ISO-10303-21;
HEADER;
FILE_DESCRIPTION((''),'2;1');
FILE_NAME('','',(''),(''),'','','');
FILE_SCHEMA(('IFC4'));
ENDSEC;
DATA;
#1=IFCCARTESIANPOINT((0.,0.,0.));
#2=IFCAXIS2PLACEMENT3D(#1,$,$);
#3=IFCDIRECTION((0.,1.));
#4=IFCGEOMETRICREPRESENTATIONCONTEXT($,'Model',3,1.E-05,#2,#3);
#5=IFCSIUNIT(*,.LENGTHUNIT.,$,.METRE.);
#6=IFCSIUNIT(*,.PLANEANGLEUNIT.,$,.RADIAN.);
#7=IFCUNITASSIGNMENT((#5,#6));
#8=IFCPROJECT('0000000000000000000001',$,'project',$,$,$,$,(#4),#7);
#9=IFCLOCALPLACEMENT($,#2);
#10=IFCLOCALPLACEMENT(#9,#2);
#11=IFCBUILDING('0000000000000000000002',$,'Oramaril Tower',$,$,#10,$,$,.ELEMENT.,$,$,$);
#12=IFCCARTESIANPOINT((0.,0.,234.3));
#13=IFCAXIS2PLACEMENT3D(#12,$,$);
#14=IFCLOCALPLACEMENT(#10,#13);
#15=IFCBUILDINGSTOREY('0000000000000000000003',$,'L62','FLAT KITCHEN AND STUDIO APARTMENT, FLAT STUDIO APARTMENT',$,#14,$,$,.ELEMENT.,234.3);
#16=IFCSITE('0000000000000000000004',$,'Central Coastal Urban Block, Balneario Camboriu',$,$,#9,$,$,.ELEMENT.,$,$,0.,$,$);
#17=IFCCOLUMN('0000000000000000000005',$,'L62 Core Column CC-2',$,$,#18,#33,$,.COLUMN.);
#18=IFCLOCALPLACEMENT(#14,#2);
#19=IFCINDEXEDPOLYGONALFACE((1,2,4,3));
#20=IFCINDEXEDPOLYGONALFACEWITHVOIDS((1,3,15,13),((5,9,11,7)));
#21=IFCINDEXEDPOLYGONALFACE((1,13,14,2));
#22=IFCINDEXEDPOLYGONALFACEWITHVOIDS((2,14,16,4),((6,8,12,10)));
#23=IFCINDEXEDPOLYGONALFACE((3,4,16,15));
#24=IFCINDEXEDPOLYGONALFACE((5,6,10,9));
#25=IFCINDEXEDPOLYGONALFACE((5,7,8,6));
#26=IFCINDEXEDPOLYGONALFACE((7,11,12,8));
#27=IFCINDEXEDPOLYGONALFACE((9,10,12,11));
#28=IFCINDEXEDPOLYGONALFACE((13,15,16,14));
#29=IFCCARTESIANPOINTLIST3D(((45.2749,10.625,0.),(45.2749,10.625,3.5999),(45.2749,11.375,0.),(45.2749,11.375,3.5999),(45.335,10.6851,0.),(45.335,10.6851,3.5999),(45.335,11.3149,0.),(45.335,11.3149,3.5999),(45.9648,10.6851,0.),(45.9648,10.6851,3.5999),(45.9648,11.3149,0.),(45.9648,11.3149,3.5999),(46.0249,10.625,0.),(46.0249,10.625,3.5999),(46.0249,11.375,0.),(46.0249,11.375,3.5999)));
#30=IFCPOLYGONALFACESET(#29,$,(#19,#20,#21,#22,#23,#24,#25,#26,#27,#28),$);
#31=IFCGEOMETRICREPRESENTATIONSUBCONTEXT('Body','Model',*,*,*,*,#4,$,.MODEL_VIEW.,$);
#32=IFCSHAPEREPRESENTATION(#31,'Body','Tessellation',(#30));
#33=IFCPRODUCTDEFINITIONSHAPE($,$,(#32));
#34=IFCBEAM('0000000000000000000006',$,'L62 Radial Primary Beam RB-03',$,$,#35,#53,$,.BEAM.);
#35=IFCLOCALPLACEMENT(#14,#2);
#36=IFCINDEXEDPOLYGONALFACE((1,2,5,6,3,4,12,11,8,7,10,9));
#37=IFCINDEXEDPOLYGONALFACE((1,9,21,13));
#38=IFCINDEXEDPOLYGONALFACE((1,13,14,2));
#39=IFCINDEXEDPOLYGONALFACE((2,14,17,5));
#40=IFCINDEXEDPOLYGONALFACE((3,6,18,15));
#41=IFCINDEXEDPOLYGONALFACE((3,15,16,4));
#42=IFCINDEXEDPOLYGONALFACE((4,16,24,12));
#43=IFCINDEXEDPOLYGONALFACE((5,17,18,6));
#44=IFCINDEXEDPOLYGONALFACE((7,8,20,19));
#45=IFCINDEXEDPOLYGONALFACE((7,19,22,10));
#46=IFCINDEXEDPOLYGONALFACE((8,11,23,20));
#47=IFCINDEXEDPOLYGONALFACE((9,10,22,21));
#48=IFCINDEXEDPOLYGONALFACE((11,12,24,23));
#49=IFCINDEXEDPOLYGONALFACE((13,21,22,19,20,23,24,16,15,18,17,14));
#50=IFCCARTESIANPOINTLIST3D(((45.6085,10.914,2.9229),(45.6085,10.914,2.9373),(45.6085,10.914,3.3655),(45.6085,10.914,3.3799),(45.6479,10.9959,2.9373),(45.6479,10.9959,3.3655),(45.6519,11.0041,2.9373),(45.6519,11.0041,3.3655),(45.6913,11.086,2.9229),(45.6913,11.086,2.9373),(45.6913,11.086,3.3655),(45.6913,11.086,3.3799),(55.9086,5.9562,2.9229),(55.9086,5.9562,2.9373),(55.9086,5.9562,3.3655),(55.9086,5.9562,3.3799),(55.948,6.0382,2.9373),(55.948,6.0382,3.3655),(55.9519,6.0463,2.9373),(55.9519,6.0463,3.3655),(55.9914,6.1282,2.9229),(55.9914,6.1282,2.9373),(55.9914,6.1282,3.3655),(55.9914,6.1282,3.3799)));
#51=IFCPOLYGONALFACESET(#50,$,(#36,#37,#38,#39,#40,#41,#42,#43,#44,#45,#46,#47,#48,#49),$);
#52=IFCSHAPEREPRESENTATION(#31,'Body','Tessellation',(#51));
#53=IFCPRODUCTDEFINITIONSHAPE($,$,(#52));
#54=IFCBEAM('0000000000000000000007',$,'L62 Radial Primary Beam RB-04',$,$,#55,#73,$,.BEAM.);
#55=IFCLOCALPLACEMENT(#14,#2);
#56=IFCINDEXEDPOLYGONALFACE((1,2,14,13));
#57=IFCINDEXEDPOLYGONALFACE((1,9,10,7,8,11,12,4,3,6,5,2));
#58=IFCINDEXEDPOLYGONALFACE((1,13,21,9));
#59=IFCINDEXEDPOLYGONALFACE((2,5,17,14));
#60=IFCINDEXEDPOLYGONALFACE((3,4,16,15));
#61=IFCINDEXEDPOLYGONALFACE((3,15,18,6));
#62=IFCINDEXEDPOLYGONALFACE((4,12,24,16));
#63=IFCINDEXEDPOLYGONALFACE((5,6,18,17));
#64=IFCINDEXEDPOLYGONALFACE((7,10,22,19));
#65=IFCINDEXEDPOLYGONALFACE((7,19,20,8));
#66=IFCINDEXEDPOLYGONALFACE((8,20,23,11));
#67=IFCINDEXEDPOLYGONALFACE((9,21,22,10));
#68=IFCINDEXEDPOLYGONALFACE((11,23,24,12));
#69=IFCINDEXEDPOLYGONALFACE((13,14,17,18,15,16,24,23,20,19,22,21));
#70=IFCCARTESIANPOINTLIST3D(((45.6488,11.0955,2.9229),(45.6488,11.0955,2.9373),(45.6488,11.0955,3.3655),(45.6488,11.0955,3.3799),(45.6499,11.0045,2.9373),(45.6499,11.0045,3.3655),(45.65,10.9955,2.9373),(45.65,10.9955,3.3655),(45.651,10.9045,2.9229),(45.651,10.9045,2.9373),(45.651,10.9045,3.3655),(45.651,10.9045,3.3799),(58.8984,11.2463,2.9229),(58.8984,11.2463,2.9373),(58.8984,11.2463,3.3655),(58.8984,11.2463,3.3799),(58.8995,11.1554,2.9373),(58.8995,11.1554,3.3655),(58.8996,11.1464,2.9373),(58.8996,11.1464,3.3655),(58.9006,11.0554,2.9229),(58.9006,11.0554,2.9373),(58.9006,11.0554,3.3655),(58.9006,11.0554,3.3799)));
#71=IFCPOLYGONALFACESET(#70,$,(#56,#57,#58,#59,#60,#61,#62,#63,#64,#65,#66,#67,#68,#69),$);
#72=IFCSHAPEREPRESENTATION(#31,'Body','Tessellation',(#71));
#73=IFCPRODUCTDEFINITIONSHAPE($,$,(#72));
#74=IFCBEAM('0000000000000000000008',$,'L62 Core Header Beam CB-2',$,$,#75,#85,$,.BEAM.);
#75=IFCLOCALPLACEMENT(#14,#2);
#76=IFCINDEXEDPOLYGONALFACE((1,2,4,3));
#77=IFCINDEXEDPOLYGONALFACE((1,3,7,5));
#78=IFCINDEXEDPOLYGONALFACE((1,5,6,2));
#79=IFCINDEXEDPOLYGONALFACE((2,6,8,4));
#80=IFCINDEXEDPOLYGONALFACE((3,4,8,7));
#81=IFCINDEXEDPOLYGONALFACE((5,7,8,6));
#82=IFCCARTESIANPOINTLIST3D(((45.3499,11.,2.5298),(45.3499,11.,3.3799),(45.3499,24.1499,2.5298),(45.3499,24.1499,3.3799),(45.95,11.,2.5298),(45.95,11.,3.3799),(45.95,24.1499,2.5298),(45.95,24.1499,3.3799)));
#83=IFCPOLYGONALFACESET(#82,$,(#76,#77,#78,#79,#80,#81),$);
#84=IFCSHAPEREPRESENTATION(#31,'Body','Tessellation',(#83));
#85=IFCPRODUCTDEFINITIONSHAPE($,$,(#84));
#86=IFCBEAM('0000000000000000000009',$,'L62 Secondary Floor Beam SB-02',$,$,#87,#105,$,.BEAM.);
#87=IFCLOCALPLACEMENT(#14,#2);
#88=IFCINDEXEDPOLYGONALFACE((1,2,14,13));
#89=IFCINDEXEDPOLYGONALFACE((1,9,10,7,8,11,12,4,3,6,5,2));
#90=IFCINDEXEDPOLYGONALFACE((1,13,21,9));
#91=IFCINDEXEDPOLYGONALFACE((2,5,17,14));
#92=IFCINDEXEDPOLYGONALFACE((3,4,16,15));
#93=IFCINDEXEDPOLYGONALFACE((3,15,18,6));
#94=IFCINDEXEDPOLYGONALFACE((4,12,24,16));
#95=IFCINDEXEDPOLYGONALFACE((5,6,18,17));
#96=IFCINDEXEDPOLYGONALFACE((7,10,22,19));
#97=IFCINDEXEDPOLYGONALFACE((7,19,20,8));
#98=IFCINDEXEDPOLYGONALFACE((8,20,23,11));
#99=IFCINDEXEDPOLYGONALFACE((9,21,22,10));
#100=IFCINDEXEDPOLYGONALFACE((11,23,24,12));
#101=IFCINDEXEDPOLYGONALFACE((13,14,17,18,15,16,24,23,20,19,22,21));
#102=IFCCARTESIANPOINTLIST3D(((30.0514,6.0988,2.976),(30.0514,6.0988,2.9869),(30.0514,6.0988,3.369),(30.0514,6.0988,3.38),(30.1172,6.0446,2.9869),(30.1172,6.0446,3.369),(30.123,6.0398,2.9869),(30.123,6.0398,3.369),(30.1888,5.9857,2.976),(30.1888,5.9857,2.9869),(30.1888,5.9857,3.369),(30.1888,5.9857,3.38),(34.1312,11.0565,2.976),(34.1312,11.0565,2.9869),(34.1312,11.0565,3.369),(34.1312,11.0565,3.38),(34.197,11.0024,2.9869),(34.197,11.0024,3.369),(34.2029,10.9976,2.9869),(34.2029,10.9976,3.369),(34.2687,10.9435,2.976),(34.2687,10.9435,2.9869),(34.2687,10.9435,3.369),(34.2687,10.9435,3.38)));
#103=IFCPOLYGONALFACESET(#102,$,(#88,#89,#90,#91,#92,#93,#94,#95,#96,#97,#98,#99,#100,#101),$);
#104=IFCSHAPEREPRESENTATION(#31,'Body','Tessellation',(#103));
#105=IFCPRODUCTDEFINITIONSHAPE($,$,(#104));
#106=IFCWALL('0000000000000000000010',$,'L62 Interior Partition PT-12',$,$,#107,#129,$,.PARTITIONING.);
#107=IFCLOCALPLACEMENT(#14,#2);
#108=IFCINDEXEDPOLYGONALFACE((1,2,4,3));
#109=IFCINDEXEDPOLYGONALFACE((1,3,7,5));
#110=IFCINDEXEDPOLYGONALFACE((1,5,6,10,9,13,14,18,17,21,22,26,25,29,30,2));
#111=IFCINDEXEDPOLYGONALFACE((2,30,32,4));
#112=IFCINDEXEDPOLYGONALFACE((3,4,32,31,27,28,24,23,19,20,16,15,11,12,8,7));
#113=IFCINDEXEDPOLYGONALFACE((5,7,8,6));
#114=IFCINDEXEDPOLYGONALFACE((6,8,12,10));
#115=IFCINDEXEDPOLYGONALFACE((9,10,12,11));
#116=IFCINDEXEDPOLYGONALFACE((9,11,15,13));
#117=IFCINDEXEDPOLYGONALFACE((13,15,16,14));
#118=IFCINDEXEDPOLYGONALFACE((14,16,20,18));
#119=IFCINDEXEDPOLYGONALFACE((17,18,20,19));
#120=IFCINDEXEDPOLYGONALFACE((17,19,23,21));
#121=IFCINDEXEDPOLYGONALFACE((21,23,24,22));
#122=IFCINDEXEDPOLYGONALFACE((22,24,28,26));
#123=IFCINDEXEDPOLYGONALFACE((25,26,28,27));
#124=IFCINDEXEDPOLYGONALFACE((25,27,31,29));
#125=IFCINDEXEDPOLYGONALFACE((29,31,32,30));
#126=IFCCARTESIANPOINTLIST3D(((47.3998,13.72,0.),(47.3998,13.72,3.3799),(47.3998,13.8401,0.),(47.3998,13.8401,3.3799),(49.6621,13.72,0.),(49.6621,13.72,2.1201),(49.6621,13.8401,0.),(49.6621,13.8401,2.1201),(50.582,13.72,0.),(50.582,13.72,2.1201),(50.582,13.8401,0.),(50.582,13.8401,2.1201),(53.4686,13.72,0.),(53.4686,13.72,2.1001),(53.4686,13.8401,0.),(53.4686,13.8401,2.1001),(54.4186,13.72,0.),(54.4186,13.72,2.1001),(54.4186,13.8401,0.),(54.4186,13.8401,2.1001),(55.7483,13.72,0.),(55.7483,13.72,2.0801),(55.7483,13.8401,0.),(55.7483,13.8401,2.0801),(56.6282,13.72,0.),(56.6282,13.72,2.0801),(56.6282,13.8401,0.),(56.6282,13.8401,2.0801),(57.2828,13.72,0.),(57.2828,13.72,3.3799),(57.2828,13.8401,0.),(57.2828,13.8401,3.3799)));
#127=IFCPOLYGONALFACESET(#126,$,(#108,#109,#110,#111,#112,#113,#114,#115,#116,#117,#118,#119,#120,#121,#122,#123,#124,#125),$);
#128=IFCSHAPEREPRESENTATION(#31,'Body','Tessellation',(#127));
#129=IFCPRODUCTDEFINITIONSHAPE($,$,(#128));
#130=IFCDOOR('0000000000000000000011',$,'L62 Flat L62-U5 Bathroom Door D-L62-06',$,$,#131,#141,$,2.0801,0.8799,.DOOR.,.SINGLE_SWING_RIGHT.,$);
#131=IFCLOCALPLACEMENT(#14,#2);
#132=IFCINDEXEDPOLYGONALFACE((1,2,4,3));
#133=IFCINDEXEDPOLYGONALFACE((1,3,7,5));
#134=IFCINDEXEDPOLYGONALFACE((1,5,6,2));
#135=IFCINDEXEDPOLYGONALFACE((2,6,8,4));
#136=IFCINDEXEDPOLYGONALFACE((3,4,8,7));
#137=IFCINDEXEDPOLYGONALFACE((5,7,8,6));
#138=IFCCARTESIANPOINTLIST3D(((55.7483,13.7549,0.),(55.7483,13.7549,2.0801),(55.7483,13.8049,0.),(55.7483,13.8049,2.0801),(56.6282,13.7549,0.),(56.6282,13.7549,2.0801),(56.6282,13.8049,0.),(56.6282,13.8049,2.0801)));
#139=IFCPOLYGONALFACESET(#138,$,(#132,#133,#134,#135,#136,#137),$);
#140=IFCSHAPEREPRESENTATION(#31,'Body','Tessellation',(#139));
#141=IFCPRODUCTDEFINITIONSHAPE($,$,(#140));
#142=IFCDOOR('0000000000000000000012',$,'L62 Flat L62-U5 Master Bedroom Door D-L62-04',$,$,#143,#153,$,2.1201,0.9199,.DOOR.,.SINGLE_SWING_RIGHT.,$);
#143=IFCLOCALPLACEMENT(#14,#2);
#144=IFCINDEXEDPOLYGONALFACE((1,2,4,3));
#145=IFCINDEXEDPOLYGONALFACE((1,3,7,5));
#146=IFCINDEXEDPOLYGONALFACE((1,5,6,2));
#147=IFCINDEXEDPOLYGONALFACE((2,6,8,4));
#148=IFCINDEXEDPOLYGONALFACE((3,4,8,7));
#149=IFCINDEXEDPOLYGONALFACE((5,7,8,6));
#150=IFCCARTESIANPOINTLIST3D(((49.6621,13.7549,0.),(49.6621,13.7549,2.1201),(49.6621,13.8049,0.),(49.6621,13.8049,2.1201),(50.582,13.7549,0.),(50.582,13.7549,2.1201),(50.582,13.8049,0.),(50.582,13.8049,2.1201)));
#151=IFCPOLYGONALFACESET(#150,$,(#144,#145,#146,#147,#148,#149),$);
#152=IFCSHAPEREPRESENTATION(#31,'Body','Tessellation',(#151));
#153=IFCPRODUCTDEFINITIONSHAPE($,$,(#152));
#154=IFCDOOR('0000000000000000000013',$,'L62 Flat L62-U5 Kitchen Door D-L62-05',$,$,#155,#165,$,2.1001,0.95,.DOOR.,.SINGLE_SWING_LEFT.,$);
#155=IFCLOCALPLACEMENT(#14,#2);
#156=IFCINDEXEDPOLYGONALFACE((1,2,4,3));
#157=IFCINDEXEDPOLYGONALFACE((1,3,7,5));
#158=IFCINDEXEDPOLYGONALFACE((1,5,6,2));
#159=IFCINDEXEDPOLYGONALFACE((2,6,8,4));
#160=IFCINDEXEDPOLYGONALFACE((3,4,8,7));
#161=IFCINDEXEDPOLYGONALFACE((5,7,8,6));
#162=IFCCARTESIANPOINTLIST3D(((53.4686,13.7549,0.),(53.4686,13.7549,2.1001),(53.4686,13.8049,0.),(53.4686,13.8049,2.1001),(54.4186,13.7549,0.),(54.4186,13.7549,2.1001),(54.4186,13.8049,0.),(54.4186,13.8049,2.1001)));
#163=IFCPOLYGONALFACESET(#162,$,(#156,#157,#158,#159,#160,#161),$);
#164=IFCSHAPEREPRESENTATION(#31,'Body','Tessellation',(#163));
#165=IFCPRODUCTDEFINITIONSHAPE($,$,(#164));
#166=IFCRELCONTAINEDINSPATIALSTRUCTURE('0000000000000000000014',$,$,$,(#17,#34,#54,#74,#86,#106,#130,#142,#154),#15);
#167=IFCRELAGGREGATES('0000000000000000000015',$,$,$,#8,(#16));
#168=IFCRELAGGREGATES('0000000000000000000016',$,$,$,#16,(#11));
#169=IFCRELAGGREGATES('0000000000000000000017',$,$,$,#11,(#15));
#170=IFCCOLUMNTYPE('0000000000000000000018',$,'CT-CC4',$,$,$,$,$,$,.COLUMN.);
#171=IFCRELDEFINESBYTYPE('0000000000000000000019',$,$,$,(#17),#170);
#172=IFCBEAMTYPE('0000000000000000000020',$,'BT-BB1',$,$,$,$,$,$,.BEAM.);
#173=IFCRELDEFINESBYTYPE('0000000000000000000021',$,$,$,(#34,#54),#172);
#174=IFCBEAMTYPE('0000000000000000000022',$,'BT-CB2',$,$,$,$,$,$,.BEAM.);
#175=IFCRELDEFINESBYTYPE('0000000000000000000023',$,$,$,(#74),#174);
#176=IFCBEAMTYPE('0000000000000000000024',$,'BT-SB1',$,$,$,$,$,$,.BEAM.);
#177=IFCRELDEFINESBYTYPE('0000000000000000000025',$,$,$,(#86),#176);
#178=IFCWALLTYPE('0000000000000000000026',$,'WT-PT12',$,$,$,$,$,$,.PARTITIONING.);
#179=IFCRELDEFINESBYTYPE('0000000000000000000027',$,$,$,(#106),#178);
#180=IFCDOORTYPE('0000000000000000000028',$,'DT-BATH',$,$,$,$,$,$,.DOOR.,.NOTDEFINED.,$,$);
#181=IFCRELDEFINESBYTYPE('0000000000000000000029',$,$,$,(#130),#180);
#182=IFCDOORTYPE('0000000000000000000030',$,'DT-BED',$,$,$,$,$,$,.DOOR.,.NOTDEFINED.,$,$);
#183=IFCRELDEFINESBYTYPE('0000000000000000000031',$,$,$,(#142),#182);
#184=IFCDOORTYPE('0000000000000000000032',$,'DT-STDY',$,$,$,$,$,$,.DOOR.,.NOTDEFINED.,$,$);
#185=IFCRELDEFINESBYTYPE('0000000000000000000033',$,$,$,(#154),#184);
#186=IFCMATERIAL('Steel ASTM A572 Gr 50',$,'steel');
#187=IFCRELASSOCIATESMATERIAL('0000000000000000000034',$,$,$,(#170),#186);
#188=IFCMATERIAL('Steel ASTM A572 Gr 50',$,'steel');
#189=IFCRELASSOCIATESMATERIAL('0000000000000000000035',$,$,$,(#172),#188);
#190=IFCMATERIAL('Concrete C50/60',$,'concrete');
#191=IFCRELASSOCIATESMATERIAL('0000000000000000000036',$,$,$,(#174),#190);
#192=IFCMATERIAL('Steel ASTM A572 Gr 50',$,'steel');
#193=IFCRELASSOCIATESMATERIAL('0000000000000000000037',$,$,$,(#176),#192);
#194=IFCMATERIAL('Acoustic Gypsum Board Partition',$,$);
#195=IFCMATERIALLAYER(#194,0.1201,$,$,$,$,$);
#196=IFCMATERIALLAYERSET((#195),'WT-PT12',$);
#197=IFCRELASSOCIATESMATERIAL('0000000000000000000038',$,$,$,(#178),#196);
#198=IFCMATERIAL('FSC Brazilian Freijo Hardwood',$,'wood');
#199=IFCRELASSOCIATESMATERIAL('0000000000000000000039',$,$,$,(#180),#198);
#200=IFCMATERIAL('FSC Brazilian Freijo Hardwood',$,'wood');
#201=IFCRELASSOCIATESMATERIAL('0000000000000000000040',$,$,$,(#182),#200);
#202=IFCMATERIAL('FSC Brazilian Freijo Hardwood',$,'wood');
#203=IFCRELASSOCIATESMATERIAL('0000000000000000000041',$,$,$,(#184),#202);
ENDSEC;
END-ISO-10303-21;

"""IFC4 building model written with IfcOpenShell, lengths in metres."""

from ifc_helpers import new_model, si_unit, direction, frame, frame_2d, origin, origin_2d, place, context, subcontext, project, spatial, rectangle, hollow_rectangle, i_section, extrude, material, layer, layer_set, material_profile, profile_set, type_object, element, fill, save


model = new_model("IFC4")

# Units and contexts
model_context = context("Model", 3, precision=1e-05, world=origin(), true_north=direction((0.0, 1.0)))
body_context = subcontext(model_context, "Body", "Model", "MODEL_VIEW")
ifc_project = project(units=[si_unit("LENGTHUNIT", "METRE"), si_unit("PLANEANGLEUNIT", "RADIAN")], contexts=[model_context])

# Site, building, storey
site_placement = place(None, origin())
site = spatial("IfcSite", under=ifc_project, at=site_placement, Name="Central Coastal Urban Block, Balneario Camboriu", CompositionType="ELEMENT", RefElevation=0.0)
building_placement = place(site_placement, origin())
building = spatial("IfcBuilding", under=site, at=building_placement, Name="Oramaril Tower", CompositionType="ELEMENT")
storey_placement = place(building_placement, frame((0.0, 0.0, 234.3)))
storey = spatial("IfcBuildingStorey", under=building, at=storey_placement, Name="L62", Description="FLAT KITCHEN AND STUDIO APARTMENT, FLAT STUDIO APARTMENT", CompositionType="ELEMENT", Elevation=234.3)

# Column
ifc_material_1 = material(Name="Steel ASTM A572 Gr 50", Category="steel")
ifc_material_profile_1 = material_profile(ifc_material_1, hollow_rectangle(XDim=0.75, YDim=0.75, WallThickness=0.0601, at=origin_2d()), Name="BOX750X750X60")
ifc_profile_set_1 = profile_set([ifc_material_profile_1], Name="Steel ASTM A572 Gr 50")
column_type = type_object("IfcColumnType", Name="CT-CC4", PredefinedType="COLUMN", material=ifc_profile_set_1)
column_placement = place(storey_placement, frame((45.6499, 11.0, 0.0), z_axis=(0.0, 0.0, 1.0), x_axis=(1.0, 0.0, 0.0)))
element("IfcColumn", 1, at=column_placement, inside=storey, type_object=column_type, Name="L62 Core Column CC-2", PredefinedType="COLUMN", context=body_context, shape_type="SweptSolid", body=[
    extrude(hollow_rectangle(XDim=0.75, YDim=0.75, WallThickness=0.0601, at=origin_2d()), origin(), (0.0, 0.0, 1.0), 3.5999),
])

# Beams
ifc_material_2 = material(Name="Steel ASTM A572 Gr 50", Category="steel")
ifc_material_profile_2 = material_profile(ifc_material_2, i_section(OverallWidth=0.1909, OverallDepth=0.457, WebThickness=0.009, FlangeThickness=0.0144, at=origin_2d()), Name="W18X50")
ifc_profile_set_2 = profile_set([ifc_material_profile_2], Name="Steel ASTM A572 Gr 50")
beam_type_1 = type_object("IfcBeamType", Name="BT-BB1", PredefinedType="BEAM", material=ifc_profile_set_2)
beam_1_placement = place(storey_placement, frame((45.6499, 11.0, 3.1514), z_axis=(0.901054, -0.433708, 0.0), x_axis=(0.433708, 0.901054, 0.0)))
element("IfcBeam", 2, at=beam_1_placement, inside=storey, type_object=beam_type_1, Name="L62 Radial Primary Beam RB-03", PredefinedType="BEAM", context=body_context, shape_type="SweptSolid", body=[
    extrude(i_section(OverallWidth=0.1909, OverallDepth=0.457, WebThickness=0.009, FlangeThickness=0.0144, at=origin_2d()), origin(), (0.0, 0.0, 1.0), 11.4312),
])
beam_2_placement = place(storey_placement, frame((45.6499, 11.0, 3.1514), z_axis=(0.999935, 0.011387, 0.0), x_axis=(-0.011387, 0.999935, 0.0)))
element("IfcBeam", 3, at=beam_2_placement, inside=storey, type_object=beam_type_1, Name="L62 Radial Primary Beam RB-04", PredefinedType="BEAM", context=body_context, shape_type="SweptSolid", body=[
    extrude(i_section(OverallWidth=0.1909, OverallDepth=0.457, WebThickness=0.009, FlangeThickness=0.0144, at=origin_2d()), origin(), (0.0, 0.0, 1.0), 13.2505),
])
ifc_material_3 = material(Name="Concrete C50/60", Category="concrete")
ifc_material_profile_3 = material_profile(ifc_material_3, rectangle(XDim=0.6001, YDim=0.8501, at=origin_2d()), Name="CB600X850")
ifc_profile_set_3 = profile_set([ifc_material_profile_3], Name="Concrete C50/60")
beam_type_2 = type_object("IfcBeamType", Name="BT-CB2", PredefinedType="BEAM", material=ifc_profile_set_3)
beam_3_placement = place(storey_placement, frame((45.6499, 11.0, 2.9548), z_axis=(0.0, 1.0, 0.0), x_axis=(-1.0, 0.0, 0.0)))
element("IfcBeam", 4, at=beam_3_placement, inside=storey, type_object=beam_type_2, Name="L62 Core Header Beam CB-2", PredefinedType="BEAM", context=body_context, shape_type="SweptSolid", body=[
    extrude(rectangle(XDim=0.6001, YDim=0.8501, at=origin_2d()), origin(), (0.0, 0.0, 1.0), 13.1499),
])
ifc_material_4 = material(Name="Steel ASTM A572 Gr 50", Category="steel")
ifc_material_profile_4 = material_profile(ifc_material_4, i_section(OverallWidth=0.178, OverallDepth=0.4041, WebThickness=0.0076, FlangeThickness=0.011, at=origin_2d()), Name="W16X36")
ifc_profile_set_4 = profile_set([ifc_material_profile_4], Name="Steel ASTM A572 Gr 50")
beam_type_3 = type_object("IfcBeamType", Name="BT-SB1", PredefinedType="BEAM", material=ifc_profile_set_4)
beam_4_placement = place(storey_placement, frame((34.2, 11.0, 3.178), z_axis=(-0.635426, -0.772162, 0.0), x_axis=(0.772162, -0.635426, 0.0)))
element("IfcBeam", 5, at=beam_4_placement, inside=storey, type_object=beam_type_3, Name="L62 Secondary Floor Beam SB-02", PredefinedType="BEAM", context=body_context, shape_type="SweptSolid", body=[
    extrude(i_section(OverallWidth=0.178, OverallDepth=0.4041, WebThickness=0.0076, FlangeThickness=0.011, at=origin_2d()), origin(), (0.0, 0.0, 1.0), 6.4207),
])

# Wall, openings, doors
ifc_material_5 = material(Name="Acoustic Gypsum Board Partition")
ifc_layer_1 = layer(ifc_material_5, 0.1201)
ifc_layer_set_1 = layer_set([ifc_layer_1], Name="WT-PT12")
wall_type_1 = type_object("IfcWallType", Name="WT-PT12", PredefinedType="PARTITIONING", material=ifc_layer_set_1)
wall_1_placement = place(storey_placement, frame((47.3999, 13.78, 0.0), z_axis=(0.0, 0.0, 1.0), x_axis=(1.0, 0.0, 0.0)))
wall_1 = element("IfcWall", 6, at=wall_1_placement, inside=storey, type_object=wall_type_1, Name="L62 Interior Partition PT-12", PredefinedType="PARTITIONING", context=body_context, shape_type="SweptSolid", body=[
    extrude(rectangle(XDim=9.8831, YDim=0.1201, at=frame_2d((4.9414, 0.0))), origin(), (0.0, 0.0, 1.0), 3.3799),
])
opening_1_placement = place(wall_1_placement, frame((2.2622, 0.0, 0.0)))
opening_1 = element("IfcOpeningElement", 7, at=opening_1_placement, cuts=wall_1, PredefinedType="OPENING", context=body_context, shape_type="SweptSolid", body=[
    extrude(rectangle(XDim=0.9199, YDim=2.1201, at=frame_2d((0.46, 1.0601))), frame((0.0, 0.0601, 0.0), z_axis=(0.0, -1.0, 0.0), x_axis=(1.0, 0.0, 0.0)), (0.0, 0.0, 1.0), 0.1201),
])
opening_2_placement = place(wall_1_placement, frame((6.0686, 0.0, 0.0)))
opening_2 = element("IfcOpeningElement", 8, at=opening_2_placement, cuts=wall_1, PredefinedType="OPENING", context=body_context, shape_type="SweptSolid", body=[
    extrude(rectangle(XDim=0.95, YDim=2.1001, at=frame_2d((0.4751, 1.05))), frame((0.0, 0.0601, 0.0), z_axis=(0.0, -1.0, 0.0), x_axis=(1.0, 0.0, 0.0)), (0.0, 0.0, 1.0), 0.1201),
])
opening_3_placement = place(wall_1_placement, frame((8.3484, 0.0, 0.0)))
opening_3 = element("IfcOpeningElement", 9, at=opening_3_placement, cuts=wall_1, PredefinedType="OPENING", context=body_context, shape_type="SweptSolid", body=[
    extrude(rectangle(XDim=0.8799, YDim=2.0801, at=frame_2d((0.4399, 1.04))), frame((0.0, 0.0601, 0.0), z_axis=(0.0, -1.0, 0.0), x_axis=(1.0, 0.0, 0.0)), (0.0, 0.0, 1.0), 0.1201),
])
ifc_material_6 = material(Name="FSC Brazilian Freijo Hardwood", Category="wood")
door_type_1 = type_object("IfcDoorType", Name="DT-BATH", OperationType="NOTDEFINED", PredefinedType="DOOR", material=ifc_material_6)
door_1_placement = place(opening_3_placement, origin())
door_1 = element("IfcDoor", 10, at=door_1_placement, inside=storey, type_object=door_type_1, Name="L62 Flat L62-U5 Bathroom Door D-L62-06", OperationType="SINGLE_SWING_RIGHT", OverallHeight=2.0801, OverallWidth=0.8799, PredefinedType="DOOR", context=body_context, shape_type="SweptSolid", body=[
    extrude(rectangle(XDim=0.8799, YDim=2.0801, at=frame_2d((0.4399, 1.04))), frame((0.0, 0.0249, 0.0), z_axis=(0.0, -1.0, 0.0), x_axis=(1.0, 0.0, 0.0)), (0.0, 0.0, 1.0), 0.05),
])
fill(opening_3, door_1)
ifc_material_7 = material(Name="FSC Brazilian Freijo Hardwood", Category="wood")
door_type_2 = type_object("IfcDoorType", Name="DT-BED", OperationType="NOTDEFINED", PredefinedType="DOOR", material=ifc_material_7)
door_2_placement = place(opening_1_placement, origin())
door_2 = element("IfcDoor", 11, at=door_2_placement, inside=storey, type_object=door_type_2, Name="L62 Flat L62-U5 Master Bedroom Door D-L62-04", OperationType="SINGLE_SWING_RIGHT", OverallHeight=2.1201, OverallWidth=0.9199, PredefinedType="DOOR", context=body_context, shape_type="SweptSolid", body=[
    extrude(rectangle(XDim=0.9199, YDim=2.1201, at=frame_2d((0.46, 1.0601))), frame((0.0, 0.0249, 0.0), z_axis=(0.0, -1.0, 0.0), x_axis=(1.0, 0.0, 0.0)), (0.0, 0.0, 1.0), 0.05),
])
fill(opening_1, door_2)
ifc_material_8 = material(Name="FSC Brazilian Freijo Hardwood", Category="wood")
door_type_3 = type_object("IfcDoorType", Name="DT-STDY", OperationType="NOTDEFINED", PredefinedType="DOOR", material=ifc_material_8)
door_3_placement = place(opening_2_placement, origin())
door_3 = element("IfcDoor", 12, at=door_3_placement, inside=storey, type_object=door_type_3, Name="L62 Flat L62-U5 Kitchen Door D-L62-05", OperationType="SINGLE_SWING_LEFT", OverallHeight=2.1001, OverallWidth=0.95, PredefinedType="DOOR", context=body_context, shape_type="SweptSolid", body=[
    extrude(rectangle(XDim=0.95, YDim=2.1001, at=frame_2d((0.4751, 1.05))), frame((0.0, 0.0249, 0.0), z_axis=(0.0, -1.0, 0.0), x_axis=(1.0, 0.0, 0.0)), (0.0, 0.0, 1.0), 0.05),
])
fill(opening_2, door_3)

save(model, "model.ifc")
